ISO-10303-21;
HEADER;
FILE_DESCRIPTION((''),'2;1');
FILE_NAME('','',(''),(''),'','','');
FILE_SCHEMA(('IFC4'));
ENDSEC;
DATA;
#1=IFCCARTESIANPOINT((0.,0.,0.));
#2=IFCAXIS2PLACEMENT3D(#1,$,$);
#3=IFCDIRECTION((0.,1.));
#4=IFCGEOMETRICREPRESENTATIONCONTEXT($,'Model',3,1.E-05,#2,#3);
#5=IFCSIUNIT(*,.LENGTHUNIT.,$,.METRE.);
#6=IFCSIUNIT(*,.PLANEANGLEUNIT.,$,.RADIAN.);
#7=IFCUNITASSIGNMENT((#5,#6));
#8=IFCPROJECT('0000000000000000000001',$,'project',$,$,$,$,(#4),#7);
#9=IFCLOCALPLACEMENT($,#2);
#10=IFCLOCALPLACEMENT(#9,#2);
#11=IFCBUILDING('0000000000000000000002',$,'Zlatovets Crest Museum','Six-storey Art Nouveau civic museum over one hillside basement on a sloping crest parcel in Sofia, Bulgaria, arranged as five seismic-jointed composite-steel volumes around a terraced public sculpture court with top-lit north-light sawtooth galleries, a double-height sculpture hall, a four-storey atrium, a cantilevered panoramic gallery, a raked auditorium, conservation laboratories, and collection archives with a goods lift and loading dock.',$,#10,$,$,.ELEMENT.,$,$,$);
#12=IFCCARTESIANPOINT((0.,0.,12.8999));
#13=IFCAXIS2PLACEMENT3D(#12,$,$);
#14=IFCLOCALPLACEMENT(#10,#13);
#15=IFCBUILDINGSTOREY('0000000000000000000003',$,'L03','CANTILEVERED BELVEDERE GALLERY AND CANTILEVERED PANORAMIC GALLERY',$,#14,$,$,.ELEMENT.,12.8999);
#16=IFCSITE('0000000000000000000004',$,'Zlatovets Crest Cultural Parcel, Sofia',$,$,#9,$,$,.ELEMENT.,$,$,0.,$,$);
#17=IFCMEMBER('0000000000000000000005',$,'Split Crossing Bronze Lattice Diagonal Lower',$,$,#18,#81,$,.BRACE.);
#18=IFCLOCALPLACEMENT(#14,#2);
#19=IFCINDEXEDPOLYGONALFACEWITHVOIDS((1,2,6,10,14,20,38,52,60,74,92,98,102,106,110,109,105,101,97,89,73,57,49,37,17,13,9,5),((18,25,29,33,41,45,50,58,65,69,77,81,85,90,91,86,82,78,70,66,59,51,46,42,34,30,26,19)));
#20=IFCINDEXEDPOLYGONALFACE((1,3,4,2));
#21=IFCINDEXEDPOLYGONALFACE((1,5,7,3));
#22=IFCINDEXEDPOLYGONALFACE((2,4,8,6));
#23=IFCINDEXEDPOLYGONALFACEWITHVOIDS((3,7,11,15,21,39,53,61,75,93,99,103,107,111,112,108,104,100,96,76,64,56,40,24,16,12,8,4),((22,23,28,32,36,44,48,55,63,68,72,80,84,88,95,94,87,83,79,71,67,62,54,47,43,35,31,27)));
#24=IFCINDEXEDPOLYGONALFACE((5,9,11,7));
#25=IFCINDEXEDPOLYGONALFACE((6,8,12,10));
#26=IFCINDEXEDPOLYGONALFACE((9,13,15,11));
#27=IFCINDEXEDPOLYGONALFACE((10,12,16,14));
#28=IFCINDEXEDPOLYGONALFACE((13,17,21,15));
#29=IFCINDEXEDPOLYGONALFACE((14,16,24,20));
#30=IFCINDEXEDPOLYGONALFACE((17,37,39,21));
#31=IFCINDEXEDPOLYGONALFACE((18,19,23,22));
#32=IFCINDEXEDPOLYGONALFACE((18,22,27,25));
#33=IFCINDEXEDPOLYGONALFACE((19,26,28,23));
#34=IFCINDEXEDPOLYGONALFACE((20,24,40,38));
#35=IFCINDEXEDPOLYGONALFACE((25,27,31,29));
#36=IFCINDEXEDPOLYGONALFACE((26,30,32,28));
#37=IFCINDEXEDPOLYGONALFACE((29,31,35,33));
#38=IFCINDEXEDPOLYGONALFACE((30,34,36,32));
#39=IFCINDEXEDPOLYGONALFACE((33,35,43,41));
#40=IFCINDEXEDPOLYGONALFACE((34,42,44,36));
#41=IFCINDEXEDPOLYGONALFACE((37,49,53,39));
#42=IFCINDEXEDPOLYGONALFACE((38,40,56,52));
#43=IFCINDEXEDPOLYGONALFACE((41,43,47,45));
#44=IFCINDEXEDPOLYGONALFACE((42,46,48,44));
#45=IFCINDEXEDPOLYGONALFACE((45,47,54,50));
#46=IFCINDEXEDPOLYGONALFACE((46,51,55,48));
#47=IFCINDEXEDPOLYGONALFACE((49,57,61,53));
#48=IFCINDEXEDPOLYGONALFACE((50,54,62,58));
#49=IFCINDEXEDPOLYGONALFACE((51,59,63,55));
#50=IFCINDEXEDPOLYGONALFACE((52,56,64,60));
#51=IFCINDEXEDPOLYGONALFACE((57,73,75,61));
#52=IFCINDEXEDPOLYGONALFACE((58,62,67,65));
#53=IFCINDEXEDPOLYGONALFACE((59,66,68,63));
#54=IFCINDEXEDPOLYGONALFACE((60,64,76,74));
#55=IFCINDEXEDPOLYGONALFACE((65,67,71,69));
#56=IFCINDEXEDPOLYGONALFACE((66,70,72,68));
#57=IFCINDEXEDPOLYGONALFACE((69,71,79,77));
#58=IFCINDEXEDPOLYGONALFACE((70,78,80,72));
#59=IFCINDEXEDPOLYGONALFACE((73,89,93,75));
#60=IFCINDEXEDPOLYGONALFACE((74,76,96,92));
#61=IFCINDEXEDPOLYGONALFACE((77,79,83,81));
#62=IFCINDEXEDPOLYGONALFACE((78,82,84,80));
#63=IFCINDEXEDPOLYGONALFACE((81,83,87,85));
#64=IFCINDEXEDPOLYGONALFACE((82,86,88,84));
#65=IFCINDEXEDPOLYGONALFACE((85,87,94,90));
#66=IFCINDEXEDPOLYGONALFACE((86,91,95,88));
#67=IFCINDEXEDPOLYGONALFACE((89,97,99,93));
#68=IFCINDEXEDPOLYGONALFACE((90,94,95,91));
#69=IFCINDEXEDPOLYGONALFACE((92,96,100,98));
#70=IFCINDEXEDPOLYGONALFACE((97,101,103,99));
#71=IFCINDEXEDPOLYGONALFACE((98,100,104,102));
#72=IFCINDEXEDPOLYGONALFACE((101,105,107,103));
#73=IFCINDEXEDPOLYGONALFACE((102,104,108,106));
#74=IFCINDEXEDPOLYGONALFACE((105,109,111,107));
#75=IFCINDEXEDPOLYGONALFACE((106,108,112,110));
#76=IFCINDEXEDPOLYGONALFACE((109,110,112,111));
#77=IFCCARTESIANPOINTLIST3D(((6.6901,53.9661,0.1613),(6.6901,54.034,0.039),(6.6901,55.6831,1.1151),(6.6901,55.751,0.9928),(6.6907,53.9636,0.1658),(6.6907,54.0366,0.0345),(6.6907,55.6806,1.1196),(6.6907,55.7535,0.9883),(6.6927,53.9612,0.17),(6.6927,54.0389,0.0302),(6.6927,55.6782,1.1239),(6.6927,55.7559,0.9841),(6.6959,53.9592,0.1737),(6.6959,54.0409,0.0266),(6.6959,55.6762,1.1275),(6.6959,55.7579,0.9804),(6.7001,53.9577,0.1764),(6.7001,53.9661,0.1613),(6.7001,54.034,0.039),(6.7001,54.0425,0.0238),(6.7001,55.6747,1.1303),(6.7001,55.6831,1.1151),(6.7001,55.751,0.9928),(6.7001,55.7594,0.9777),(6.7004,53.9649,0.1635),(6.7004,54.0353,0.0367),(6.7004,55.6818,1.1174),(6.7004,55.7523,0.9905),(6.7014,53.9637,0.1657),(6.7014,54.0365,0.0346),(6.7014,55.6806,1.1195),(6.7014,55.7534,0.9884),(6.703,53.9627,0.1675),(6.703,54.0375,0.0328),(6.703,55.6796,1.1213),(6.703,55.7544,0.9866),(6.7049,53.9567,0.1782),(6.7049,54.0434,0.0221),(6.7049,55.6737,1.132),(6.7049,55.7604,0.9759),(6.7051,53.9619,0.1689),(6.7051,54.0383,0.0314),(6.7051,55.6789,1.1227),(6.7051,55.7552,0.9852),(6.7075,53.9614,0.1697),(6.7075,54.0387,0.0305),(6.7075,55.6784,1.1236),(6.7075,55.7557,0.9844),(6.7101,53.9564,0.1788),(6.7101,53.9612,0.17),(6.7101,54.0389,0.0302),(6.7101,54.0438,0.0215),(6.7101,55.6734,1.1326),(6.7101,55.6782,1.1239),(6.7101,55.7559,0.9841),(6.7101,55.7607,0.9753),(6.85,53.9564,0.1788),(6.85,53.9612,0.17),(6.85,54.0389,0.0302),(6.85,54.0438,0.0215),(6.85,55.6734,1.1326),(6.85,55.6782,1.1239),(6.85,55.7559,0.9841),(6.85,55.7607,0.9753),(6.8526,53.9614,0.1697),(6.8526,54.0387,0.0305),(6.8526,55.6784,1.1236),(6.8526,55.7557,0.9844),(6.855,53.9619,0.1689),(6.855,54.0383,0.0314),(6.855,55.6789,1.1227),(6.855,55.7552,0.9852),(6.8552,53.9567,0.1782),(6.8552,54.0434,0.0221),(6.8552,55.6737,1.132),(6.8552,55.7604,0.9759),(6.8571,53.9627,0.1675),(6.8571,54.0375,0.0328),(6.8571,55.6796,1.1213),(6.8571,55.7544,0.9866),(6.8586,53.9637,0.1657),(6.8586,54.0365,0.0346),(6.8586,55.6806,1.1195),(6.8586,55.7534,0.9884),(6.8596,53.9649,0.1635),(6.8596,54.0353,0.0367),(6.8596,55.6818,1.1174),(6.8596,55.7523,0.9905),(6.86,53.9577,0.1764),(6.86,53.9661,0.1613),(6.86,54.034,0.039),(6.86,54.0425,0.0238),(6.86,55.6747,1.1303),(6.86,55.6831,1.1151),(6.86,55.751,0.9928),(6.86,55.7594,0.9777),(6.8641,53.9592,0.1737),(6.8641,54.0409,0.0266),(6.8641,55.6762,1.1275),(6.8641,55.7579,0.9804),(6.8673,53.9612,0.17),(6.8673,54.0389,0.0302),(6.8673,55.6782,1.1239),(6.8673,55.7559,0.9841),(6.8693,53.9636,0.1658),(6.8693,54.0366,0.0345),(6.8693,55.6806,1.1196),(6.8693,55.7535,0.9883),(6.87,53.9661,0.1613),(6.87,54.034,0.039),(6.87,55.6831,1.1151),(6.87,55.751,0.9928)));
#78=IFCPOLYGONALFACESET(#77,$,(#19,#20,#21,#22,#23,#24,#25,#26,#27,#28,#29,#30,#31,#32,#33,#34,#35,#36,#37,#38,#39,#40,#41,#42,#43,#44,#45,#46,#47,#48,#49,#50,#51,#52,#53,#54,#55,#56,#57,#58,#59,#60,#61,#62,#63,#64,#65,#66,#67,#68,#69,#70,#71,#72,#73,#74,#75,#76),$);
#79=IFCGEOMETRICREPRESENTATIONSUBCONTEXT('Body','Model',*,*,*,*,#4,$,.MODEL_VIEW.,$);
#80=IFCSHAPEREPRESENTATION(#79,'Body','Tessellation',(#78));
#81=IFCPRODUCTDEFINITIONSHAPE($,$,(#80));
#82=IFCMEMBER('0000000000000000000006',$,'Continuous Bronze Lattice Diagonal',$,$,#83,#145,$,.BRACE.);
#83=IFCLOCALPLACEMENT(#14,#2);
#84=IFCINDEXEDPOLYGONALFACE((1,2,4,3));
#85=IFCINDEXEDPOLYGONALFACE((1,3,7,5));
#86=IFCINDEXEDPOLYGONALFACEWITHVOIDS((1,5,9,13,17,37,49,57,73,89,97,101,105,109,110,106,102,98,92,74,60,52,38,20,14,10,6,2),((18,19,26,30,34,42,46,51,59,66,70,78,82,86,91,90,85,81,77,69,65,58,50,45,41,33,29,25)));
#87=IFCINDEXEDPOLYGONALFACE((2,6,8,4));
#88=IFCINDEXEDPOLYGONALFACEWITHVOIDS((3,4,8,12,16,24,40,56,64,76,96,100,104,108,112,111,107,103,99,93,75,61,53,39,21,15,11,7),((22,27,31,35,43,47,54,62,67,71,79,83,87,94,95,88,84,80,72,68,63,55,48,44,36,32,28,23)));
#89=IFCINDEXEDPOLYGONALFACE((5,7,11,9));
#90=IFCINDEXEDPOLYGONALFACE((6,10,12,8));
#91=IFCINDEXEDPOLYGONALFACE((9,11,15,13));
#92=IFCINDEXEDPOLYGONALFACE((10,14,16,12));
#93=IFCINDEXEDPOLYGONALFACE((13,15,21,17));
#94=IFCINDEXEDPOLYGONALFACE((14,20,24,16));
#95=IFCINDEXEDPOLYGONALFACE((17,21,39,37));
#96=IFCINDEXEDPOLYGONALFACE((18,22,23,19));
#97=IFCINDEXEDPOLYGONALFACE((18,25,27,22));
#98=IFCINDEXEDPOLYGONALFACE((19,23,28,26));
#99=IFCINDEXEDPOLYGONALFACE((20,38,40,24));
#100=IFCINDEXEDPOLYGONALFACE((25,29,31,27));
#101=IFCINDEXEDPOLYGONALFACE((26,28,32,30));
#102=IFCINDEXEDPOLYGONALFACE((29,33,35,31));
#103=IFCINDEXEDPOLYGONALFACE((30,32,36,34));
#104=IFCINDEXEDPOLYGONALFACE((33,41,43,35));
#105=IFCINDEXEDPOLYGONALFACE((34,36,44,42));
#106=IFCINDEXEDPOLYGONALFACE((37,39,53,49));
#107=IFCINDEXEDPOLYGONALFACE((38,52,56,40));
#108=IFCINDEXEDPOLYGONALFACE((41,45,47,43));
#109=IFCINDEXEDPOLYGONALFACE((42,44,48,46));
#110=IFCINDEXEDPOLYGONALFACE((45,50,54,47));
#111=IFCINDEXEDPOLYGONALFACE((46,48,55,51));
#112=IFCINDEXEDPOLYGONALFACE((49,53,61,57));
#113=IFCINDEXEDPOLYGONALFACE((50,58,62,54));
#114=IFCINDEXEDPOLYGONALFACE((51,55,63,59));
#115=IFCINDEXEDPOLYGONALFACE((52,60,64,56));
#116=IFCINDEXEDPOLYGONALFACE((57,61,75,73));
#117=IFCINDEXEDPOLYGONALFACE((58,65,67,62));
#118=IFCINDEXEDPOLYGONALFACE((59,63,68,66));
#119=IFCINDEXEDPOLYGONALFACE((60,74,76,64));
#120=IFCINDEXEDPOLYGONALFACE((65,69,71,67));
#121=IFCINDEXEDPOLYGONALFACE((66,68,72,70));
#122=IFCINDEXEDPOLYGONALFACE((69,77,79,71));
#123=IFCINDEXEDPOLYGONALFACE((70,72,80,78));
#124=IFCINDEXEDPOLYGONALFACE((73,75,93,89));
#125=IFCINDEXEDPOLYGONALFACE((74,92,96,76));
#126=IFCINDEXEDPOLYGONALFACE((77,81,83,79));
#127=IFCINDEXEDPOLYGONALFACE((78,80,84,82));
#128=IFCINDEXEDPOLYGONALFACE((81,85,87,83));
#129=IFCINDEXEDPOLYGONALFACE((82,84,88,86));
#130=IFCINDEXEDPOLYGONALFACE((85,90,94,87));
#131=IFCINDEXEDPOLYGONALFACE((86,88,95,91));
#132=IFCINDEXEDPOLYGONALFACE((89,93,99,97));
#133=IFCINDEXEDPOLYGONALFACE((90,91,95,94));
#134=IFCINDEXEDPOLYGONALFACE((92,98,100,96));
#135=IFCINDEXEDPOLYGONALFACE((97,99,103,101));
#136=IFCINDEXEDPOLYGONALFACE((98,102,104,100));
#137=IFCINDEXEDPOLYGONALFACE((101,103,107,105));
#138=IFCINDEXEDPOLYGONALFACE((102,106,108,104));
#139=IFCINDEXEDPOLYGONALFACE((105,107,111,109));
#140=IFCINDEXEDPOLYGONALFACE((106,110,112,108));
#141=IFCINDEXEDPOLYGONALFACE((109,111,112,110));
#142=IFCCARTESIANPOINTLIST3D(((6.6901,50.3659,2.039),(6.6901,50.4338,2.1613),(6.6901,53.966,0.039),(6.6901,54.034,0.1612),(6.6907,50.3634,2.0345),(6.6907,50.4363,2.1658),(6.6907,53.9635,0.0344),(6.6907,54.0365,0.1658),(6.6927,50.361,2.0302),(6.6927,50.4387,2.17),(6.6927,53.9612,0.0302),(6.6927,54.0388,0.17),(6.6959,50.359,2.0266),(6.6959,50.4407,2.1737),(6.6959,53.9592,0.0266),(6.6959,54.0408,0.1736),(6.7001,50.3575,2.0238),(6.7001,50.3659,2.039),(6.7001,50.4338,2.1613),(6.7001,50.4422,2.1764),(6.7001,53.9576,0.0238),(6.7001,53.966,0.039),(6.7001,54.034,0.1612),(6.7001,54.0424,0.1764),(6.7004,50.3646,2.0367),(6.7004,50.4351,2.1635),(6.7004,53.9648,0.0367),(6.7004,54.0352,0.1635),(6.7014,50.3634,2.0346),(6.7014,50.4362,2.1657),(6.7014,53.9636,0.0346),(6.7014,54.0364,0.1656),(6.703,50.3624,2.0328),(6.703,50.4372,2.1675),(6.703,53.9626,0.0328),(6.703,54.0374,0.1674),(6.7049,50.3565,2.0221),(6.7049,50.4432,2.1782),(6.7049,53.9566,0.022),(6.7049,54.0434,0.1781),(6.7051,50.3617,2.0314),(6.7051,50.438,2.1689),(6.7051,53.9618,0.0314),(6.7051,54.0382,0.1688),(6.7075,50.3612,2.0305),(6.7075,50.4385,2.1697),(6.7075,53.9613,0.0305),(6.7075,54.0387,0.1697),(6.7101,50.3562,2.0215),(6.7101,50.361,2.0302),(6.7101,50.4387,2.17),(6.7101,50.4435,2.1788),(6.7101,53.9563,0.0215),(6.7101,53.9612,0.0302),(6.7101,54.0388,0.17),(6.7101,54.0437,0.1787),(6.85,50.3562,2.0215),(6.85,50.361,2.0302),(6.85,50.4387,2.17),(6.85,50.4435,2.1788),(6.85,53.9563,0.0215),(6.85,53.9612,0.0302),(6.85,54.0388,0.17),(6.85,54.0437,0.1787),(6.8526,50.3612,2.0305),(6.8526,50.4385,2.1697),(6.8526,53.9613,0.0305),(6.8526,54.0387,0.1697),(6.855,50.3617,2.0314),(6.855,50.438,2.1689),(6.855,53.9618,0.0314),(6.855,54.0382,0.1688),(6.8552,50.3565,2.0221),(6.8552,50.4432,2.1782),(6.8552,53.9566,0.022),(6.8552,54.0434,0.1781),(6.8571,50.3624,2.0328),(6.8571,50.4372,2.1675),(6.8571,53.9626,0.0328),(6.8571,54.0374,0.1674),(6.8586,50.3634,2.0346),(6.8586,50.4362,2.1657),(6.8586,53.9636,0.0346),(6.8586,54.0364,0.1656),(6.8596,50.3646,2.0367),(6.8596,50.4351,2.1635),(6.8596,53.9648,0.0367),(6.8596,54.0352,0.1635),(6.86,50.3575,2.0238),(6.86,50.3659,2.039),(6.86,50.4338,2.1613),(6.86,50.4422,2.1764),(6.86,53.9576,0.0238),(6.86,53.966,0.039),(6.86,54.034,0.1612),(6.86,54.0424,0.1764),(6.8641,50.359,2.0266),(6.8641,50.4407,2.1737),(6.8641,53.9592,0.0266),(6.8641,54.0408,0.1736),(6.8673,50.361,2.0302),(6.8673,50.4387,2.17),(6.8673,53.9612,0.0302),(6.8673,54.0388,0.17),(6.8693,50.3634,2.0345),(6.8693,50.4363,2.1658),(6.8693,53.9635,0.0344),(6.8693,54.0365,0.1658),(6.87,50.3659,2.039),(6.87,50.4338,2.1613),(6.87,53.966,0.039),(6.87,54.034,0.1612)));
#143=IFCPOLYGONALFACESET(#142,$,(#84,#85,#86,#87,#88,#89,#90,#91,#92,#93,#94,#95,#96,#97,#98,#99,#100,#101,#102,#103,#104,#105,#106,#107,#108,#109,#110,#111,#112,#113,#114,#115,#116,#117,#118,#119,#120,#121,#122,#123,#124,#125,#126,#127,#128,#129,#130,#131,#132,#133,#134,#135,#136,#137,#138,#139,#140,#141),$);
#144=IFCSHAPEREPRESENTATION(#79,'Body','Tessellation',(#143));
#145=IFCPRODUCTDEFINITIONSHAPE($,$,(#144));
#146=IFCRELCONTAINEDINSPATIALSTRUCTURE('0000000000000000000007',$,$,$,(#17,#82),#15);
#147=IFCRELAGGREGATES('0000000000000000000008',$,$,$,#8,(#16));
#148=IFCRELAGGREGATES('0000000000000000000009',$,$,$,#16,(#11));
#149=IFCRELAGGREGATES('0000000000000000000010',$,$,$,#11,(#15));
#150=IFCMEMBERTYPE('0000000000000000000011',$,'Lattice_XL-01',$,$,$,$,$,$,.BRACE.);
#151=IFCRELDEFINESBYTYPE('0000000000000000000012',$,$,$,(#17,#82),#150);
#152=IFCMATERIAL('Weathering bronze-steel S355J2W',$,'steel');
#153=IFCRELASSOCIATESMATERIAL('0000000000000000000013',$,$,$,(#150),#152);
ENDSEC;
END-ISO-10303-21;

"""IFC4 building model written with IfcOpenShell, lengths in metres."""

from ifc_helpers import new_model, si_unit, direction, frame, origin, origin_2d, place, context, subcontext, project, spatial, hollow_rectangle, extrude, material, material_profile, profile_set, type_object, element, save


model = new_model("IFC4")

# Units and contexts
model_context = context("Model", 3, precision=1e-05, world=origin(), true_north=direction((0.0, 1.0)))
body_context = subcontext(model_context, "Body", "Model", "MODEL_VIEW")
ifc_project = project(units=[si_unit("LENGTHUNIT", "METRE"), si_unit("PLANEANGLEUNIT", "RADIAN")], contexts=[model_context])

# Site, building, storey
site_placement = place(None, origin())
site = spatial("IfcSite", under=ifc_project, at=site_placement, Name="Zlatovets Crest Cultural Parcel, Sofia", CompositionType="ELEMENT", RefElevation=0.0)
building_placement = place(site_placement, origin())
building = spatial("IfcBuilding", under=site, at=building_placement, Name="Zlatovets Crest Museum", Description="Six-storey Art Nouveau civic museum over one hillside basement on a sloping crest parcel in Sofia, Bulgaria, arranged as five seismic-jointed composite-steel volumes around a terraced public sculpture court with top-lit north-light sawtooth galleries, a double-height sculpture hall, a four-storey atrium, a cantilevered panoramic gallery, a raked auditorium, conservation laboratories, and collection archives with a goods lift and loading dock.", CompositionType="ELEMENT")
storey_placement = place(building_placement, frame((0.0, 0.0, 12.8999)))
storey = spatial("IfcBuildingStorey", under=building, at=storey_placement, Name="L03", Description="CANTILEVERED BELVEDERE GALLERY AND CANTILEVERED PANORAMIC GALLERY", CompositionType="ELEMENT", Elevation=12.8999)

# Members
ifc_material_1 = material(Name="Weathering bronze-steel S355J2W", Category="steel")
ifc_material_profile_1 = material_profile(ifc_material_1, hollow_rectangle(XDim=0.1799, YDim=0.1799, WallThickness=0.01, InnerFilletRadius=0.01, OuterFilletRadius=0.02, at=origin_2d()), Name="SHS 180x180x10.0")
ifc_profile_set_1 = profile_set([ifc_material_profile_1], Name="Weathering bronze-steel S355J2W")
member_type = type_object("IfcMemberType", Name="Lattice_XL-01", PredefinedType="BRACE", material=ifc_profile_set_1)
member_1_placement = place(storey_placement, frame((6.78, 55.717, 1.054), z_axis=(0.0, -0.874169, -0.485622), x_axis=(1.0, 0.0, 0.0)))
element("IfcMember", 1, at=member_1_placement, inside=storey, type_object=member_type, Name="Split Crossing Bronze Lattice Diagonal Lower", PredefinedType="BRACE", context=body_context, shape_type="SweptSolid", body=[
    extrude(hollow_rectangle(XDim=0.1799, YDim=0.1799, WallThickness=0.01, InnerFilletRadius=0.01, OuterFilletRadius=0.02, at=origin_2d()), origin(), (0.0, 0.0, 1.0), 1.9641),
])
member_2_placement = place(storey_placement, frame((6.78, 54.0, 0.1001), z_axis=(0.0, -0.874163, 0.485633), x_axis=(1.0, 0.0, 0.0)))
element("IfcMember", 2, at=member_2_placement, inside=storey, type_object=member_type, Name="Continuous Bronze Lattice Diagonal", PredefinedType="BRACE", context=body_context, shape_type="SweptSolid", body=[
    extrude(hollow_rectangle(XDim=0.1799, YDim=0.1799, WallThickness=0.01, InnerFilletRadius=0.01, OuterFilletRadius=0.02, at=origin_2d()), origin(), (0.0, 0.0, 1.0), 4.1184),
])

save(model, "model.ifc")
